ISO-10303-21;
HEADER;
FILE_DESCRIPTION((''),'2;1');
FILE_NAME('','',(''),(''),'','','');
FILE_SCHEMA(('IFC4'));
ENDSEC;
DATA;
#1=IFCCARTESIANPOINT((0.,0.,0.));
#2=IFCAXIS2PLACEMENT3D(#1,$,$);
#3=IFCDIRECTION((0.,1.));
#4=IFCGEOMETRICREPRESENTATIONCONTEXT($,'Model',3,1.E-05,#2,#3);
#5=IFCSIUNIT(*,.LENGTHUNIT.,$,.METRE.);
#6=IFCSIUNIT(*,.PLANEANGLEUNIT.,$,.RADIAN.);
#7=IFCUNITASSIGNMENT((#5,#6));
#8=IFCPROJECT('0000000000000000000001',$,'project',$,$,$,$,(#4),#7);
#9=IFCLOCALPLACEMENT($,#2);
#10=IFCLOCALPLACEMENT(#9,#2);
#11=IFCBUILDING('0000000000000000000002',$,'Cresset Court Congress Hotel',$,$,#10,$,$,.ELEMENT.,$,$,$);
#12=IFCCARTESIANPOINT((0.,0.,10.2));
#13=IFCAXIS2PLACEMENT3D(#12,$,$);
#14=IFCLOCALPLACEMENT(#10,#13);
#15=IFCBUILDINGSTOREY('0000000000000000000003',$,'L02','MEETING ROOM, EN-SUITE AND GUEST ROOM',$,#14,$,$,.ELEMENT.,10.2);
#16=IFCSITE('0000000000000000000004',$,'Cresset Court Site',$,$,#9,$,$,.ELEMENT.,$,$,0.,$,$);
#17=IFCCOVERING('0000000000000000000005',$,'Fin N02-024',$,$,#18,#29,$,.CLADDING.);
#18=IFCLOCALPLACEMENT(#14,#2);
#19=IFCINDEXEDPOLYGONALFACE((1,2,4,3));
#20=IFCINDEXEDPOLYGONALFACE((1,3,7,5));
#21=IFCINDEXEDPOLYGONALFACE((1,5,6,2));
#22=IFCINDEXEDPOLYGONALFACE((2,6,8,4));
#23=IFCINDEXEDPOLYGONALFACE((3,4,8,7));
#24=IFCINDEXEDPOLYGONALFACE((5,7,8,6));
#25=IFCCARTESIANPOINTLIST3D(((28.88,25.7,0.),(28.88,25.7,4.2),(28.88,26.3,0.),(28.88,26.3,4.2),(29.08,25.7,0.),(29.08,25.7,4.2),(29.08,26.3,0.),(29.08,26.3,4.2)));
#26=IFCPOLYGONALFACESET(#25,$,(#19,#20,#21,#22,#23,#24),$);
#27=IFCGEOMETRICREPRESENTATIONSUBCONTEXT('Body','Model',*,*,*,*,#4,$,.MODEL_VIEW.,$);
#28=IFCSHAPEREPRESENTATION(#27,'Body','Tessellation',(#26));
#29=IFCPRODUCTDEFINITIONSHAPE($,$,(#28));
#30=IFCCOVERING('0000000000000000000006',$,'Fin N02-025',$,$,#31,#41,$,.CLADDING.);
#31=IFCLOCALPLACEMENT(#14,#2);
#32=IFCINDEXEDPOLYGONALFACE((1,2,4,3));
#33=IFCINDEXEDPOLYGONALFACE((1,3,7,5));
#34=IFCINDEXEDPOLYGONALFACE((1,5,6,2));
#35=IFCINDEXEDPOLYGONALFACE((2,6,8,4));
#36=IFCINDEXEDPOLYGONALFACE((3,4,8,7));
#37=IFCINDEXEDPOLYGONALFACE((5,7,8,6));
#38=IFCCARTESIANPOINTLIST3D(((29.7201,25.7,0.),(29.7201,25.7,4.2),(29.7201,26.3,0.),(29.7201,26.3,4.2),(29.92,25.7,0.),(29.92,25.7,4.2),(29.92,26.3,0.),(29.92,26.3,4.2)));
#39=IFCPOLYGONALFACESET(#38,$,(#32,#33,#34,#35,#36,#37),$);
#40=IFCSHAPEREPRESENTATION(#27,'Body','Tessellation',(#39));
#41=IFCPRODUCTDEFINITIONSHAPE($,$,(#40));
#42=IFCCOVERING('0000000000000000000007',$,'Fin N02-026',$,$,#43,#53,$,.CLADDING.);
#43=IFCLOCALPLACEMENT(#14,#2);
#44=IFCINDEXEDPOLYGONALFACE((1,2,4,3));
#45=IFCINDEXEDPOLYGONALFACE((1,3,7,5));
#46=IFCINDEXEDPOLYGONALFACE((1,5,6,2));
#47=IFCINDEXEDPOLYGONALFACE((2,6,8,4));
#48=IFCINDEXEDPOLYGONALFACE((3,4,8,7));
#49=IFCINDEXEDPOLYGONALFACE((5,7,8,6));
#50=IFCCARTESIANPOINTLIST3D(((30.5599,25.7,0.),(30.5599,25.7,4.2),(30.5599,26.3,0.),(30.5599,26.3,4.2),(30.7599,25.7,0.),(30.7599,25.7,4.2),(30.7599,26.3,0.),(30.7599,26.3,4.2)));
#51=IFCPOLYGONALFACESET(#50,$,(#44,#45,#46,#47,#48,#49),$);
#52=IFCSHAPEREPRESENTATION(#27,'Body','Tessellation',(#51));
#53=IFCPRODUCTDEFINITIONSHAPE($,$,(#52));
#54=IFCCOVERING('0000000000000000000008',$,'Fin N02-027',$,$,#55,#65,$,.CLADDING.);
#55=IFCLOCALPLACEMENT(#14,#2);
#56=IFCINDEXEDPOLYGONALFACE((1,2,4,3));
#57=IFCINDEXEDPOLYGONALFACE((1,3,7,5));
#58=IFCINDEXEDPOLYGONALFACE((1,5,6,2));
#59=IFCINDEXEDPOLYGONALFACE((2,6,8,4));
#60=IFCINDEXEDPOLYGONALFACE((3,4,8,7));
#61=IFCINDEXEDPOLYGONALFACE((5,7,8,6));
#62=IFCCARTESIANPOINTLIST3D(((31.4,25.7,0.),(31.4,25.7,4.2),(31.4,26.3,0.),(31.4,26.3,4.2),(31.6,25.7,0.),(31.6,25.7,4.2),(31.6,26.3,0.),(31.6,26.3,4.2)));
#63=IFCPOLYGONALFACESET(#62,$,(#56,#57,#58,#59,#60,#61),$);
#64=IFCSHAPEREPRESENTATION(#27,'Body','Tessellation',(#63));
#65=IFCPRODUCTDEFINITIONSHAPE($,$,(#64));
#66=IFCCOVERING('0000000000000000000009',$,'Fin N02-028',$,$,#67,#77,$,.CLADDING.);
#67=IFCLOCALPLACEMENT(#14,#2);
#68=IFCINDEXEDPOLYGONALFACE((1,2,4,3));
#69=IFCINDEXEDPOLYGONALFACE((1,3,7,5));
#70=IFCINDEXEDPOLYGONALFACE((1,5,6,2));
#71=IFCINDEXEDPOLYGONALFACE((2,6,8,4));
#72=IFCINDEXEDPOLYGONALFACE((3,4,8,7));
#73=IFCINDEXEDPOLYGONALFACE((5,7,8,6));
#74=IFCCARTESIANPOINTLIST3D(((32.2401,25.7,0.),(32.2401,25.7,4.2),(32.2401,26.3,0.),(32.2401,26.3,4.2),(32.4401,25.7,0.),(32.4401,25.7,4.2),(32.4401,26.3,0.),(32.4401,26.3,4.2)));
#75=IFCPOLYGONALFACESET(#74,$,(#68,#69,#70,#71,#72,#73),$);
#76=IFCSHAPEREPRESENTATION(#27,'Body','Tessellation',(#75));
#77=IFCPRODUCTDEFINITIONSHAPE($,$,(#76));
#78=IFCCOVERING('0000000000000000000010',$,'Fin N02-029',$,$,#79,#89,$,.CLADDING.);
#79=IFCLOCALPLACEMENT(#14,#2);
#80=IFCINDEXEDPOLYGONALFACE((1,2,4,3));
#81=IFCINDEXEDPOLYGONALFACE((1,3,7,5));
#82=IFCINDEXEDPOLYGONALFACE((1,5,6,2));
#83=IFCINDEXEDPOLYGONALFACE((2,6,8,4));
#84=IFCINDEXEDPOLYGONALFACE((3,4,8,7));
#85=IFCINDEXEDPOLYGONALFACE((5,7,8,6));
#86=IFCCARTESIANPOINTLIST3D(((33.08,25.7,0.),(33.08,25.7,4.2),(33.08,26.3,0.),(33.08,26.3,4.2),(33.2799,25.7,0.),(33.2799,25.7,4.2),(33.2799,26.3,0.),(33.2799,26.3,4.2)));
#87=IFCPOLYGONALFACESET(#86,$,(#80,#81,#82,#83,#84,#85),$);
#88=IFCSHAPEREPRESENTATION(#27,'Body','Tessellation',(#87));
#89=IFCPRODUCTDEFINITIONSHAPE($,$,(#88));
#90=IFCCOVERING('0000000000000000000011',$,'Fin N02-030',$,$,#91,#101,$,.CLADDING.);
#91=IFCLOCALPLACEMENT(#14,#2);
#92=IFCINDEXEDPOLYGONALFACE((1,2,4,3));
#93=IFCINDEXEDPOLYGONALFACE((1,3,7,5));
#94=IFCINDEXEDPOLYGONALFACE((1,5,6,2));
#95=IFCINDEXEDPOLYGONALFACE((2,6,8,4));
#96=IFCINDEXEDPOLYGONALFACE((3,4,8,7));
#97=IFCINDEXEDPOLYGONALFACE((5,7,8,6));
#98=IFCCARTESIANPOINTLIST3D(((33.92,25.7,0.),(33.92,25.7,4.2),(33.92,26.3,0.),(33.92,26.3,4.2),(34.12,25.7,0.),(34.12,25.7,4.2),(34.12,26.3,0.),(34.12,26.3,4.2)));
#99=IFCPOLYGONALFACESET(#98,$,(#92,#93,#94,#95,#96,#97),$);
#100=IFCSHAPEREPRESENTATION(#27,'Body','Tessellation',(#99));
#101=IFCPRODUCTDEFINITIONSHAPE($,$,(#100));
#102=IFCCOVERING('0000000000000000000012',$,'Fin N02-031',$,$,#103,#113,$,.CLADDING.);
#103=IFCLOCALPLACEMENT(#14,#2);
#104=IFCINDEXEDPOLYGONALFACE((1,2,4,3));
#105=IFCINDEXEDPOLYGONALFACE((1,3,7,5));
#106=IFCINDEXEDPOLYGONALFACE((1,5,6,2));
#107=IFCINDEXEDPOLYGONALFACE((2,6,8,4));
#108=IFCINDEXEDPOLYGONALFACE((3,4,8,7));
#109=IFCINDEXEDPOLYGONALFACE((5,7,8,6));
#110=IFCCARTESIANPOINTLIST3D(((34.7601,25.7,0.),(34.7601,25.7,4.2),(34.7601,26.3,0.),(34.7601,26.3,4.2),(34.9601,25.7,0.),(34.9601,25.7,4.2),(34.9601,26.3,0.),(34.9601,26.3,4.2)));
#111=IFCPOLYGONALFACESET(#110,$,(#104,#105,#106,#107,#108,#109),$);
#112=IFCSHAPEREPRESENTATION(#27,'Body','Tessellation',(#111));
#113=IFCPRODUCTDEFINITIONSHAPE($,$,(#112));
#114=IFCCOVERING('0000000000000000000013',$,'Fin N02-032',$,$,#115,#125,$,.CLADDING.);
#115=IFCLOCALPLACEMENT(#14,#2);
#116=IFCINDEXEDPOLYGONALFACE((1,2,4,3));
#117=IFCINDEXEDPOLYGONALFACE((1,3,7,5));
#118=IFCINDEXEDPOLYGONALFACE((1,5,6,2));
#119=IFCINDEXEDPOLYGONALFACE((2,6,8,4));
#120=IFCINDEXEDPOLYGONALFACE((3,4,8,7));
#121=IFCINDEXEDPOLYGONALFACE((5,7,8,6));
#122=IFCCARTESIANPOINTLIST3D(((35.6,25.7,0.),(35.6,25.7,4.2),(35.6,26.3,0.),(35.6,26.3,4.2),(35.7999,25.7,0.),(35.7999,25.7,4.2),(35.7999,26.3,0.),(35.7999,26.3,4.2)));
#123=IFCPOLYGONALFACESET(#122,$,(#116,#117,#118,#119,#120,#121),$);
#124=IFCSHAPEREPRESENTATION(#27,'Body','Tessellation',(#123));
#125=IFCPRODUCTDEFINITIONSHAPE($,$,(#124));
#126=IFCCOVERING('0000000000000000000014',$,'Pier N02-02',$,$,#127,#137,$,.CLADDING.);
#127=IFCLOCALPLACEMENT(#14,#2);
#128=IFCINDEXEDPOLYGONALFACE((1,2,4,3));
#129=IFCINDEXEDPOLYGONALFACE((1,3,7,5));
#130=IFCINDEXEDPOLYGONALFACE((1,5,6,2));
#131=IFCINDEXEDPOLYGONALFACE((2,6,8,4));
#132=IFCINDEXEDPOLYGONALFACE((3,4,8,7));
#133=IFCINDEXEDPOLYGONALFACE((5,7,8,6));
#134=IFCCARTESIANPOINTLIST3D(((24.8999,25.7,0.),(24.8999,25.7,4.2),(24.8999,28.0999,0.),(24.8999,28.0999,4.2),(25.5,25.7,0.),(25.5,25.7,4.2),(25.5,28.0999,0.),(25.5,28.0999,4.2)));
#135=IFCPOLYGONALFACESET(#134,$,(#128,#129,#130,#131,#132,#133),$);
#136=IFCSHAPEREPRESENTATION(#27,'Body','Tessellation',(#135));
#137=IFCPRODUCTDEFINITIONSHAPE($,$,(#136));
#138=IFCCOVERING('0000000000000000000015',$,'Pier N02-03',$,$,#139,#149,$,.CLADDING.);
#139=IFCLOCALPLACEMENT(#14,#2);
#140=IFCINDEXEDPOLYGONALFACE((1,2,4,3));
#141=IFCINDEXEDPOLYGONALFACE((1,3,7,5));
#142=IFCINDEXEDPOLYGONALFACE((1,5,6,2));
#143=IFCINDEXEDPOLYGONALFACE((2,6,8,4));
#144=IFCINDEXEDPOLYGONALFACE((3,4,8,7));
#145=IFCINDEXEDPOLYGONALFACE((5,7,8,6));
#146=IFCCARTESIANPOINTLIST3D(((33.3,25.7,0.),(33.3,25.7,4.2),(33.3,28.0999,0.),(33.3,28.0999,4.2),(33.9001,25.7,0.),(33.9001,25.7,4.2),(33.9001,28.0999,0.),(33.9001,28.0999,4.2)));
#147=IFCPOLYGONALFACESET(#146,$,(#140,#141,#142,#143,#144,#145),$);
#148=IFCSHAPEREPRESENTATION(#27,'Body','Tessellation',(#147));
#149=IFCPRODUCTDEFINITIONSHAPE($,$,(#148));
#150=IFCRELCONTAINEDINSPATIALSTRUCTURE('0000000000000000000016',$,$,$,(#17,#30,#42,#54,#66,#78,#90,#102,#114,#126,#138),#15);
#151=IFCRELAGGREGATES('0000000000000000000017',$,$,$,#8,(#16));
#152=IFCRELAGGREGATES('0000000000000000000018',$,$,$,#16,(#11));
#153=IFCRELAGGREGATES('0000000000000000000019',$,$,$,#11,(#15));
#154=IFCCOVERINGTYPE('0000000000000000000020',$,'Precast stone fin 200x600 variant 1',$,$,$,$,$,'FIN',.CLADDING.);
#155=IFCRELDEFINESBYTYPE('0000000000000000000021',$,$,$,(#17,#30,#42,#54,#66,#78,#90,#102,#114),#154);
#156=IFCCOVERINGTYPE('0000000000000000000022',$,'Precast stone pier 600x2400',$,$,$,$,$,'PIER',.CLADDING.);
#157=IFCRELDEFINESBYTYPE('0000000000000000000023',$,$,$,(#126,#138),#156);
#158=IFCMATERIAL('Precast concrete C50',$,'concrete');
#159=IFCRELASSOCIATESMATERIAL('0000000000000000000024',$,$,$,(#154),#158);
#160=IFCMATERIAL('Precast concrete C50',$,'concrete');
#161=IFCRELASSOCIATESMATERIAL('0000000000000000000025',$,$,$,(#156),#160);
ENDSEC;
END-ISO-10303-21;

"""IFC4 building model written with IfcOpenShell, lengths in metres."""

from ifc_helpers import new_model, si_unit, direction, frame, origin, origin_2d, place, context, subcontext, project, spatial, rectangle, extrude, material, type_object, element, save


model = new_model("IFC4")

# Units and contexts
model_context = context("Model", 3, precision=1e-05, world=origin(), true_north=direction((0.0, 1.0)))
body_context = subcontext(model_context, "Body", "Model", "MODEL_VIEW")
ifc_project = project(units=[si_unit("LENGTHUNIT", "METRE"), si_unit("PLANEANGLEUNIT", "RADIAN")], contexts=[model_context])

# Site, building, storey
site_placement = place(None, origin())
site = spatial("IfcSite", under=ifc_project, at=site_placement, Name="Cresset Court Site", CompositionType="ELEMENT", RefElevation=0.0)
building_placement = place(site_placement, origin())
building = spatial("IfcBuilding", under=site, at=building_placement, Name="Cresset Court Congress Hotel", CompositionType="ELEMENT")
storey_placement = place(building_placement, frame((0.0, 0.0, 10.2)))
storey = spatial("IfcBuildingStorey", under=building, at=storey_placement, Name="L02", Description="MEETING ROOM, EN-SUITE AND GUEST ROOM", CompositionType="ELEMENT", Elevation=10.2)

# Coverings
ifc_material_1 = material(Name="Precast concrete C50", Category="concrete")
covering_type_1 = type_object("IfcCoveringType", Name="Precast stone fin 200x600 variant 1", ElementType="FIN", PredefinedType="CLADDING", material=ifc_material_1)
for number, where, z_axis, x_axis, name in (
    (1, (28.98, 26.0, 0.0), (0.0, 0.0, 1.0), (1.0, 0.0, 0.0), "Fin N02-024"),
    (2, (29.8201, 26.0, 0.0), (0.0, 0.0, 1.0), (1.0, 0.0, 0.0), "Fin N02-025"),
    (3, (30.6599, 26.0, 0.0), (0.0, 0.0, 1.0), (1.0, 0.0, 0.0), "Fin N02-026"),
    (4, (31.5, 26.0, 0.0), (0.0, 0.0, 1.0), (1.0, 0.0, 0.0), "Fin N02-027"),
    (5, (32.3401, 26.0, 0.0), (0.0, 0.0, 1.0), (1.0, 0.0, 0.0), "Fin N02-028"),
    (6, (33.1799, 26.0, 0.0), (0.0, 0.0, 1.0), (1.0, 0.0, 0.0), "Fin N02-029"),
    (7, (34.02, 26.0, 0.0), (0.0, 0.0, 1.0), (1.0, 0.0, 0.0), "Fin N02-030"),
    (8, (34.8601, 26.0, 0.0), (0.0, 0.0, 1.0), (1.0, 0.0, 0.0), "Fin N02-031"),
    (9, (35.7, 26.0, 0.0), (0.0, 0.0, 1.0), (1.0, 0.0, 0.0), "Fin N02-032"),
):
    element("IfcCovering", number, at=place(storey_placement, frame(where, z_axis=z_axis, x_axis=x_axis)), inside=storey, type_object=covering_type_1, Name=name, PredefinedType="CLADDING", context=body_context, shape_type="SweptSolid", body=[
        extrude(rectangle(XDim=0.2, YDim=0.6001, at=origin_2d()), origin(), (0.0, 0.0, 1.0), 4.2),
    ])
ifc_material_2 = material(Name="Precast concrete C50", Category="concrete")
covering_type_2 = type_object("IfcCoveringType", Name="Precast stone pier 600x2400", ElementType="PIER", PredefinedType="CLADDING", material=ifc_material_2)
for number, where, z_axis, x_axis, name in (
    (10, (25.2, 26.8999, 0.0), (0.0, 0.0, 1.0), (1.0, 0.0, 0.0), "Pier N02-02"),
    (11, (33.6001, 26.8999, 0.0), (0.0, 0.0, 1.0), (1.0, 0.0, 0.0), "Pier N02-03"),
):
    element("IfcCovering", number, at=place(storey_placement, frame(where, z_axis=z_axis, x_axis=x_axis)), inside=storey, type_object=covering_type_2, Name=name, PredefinedType="CLADDING", context=body_context, shape_type="SweptSolid", body=[
        extrude(rectangle(XDim=0.6001, YDim=2.3999, at=origin_2d()), origin(), (0.0, 0.0, 1.0), 4.2),
    ])

save(model, "model.ifc")
